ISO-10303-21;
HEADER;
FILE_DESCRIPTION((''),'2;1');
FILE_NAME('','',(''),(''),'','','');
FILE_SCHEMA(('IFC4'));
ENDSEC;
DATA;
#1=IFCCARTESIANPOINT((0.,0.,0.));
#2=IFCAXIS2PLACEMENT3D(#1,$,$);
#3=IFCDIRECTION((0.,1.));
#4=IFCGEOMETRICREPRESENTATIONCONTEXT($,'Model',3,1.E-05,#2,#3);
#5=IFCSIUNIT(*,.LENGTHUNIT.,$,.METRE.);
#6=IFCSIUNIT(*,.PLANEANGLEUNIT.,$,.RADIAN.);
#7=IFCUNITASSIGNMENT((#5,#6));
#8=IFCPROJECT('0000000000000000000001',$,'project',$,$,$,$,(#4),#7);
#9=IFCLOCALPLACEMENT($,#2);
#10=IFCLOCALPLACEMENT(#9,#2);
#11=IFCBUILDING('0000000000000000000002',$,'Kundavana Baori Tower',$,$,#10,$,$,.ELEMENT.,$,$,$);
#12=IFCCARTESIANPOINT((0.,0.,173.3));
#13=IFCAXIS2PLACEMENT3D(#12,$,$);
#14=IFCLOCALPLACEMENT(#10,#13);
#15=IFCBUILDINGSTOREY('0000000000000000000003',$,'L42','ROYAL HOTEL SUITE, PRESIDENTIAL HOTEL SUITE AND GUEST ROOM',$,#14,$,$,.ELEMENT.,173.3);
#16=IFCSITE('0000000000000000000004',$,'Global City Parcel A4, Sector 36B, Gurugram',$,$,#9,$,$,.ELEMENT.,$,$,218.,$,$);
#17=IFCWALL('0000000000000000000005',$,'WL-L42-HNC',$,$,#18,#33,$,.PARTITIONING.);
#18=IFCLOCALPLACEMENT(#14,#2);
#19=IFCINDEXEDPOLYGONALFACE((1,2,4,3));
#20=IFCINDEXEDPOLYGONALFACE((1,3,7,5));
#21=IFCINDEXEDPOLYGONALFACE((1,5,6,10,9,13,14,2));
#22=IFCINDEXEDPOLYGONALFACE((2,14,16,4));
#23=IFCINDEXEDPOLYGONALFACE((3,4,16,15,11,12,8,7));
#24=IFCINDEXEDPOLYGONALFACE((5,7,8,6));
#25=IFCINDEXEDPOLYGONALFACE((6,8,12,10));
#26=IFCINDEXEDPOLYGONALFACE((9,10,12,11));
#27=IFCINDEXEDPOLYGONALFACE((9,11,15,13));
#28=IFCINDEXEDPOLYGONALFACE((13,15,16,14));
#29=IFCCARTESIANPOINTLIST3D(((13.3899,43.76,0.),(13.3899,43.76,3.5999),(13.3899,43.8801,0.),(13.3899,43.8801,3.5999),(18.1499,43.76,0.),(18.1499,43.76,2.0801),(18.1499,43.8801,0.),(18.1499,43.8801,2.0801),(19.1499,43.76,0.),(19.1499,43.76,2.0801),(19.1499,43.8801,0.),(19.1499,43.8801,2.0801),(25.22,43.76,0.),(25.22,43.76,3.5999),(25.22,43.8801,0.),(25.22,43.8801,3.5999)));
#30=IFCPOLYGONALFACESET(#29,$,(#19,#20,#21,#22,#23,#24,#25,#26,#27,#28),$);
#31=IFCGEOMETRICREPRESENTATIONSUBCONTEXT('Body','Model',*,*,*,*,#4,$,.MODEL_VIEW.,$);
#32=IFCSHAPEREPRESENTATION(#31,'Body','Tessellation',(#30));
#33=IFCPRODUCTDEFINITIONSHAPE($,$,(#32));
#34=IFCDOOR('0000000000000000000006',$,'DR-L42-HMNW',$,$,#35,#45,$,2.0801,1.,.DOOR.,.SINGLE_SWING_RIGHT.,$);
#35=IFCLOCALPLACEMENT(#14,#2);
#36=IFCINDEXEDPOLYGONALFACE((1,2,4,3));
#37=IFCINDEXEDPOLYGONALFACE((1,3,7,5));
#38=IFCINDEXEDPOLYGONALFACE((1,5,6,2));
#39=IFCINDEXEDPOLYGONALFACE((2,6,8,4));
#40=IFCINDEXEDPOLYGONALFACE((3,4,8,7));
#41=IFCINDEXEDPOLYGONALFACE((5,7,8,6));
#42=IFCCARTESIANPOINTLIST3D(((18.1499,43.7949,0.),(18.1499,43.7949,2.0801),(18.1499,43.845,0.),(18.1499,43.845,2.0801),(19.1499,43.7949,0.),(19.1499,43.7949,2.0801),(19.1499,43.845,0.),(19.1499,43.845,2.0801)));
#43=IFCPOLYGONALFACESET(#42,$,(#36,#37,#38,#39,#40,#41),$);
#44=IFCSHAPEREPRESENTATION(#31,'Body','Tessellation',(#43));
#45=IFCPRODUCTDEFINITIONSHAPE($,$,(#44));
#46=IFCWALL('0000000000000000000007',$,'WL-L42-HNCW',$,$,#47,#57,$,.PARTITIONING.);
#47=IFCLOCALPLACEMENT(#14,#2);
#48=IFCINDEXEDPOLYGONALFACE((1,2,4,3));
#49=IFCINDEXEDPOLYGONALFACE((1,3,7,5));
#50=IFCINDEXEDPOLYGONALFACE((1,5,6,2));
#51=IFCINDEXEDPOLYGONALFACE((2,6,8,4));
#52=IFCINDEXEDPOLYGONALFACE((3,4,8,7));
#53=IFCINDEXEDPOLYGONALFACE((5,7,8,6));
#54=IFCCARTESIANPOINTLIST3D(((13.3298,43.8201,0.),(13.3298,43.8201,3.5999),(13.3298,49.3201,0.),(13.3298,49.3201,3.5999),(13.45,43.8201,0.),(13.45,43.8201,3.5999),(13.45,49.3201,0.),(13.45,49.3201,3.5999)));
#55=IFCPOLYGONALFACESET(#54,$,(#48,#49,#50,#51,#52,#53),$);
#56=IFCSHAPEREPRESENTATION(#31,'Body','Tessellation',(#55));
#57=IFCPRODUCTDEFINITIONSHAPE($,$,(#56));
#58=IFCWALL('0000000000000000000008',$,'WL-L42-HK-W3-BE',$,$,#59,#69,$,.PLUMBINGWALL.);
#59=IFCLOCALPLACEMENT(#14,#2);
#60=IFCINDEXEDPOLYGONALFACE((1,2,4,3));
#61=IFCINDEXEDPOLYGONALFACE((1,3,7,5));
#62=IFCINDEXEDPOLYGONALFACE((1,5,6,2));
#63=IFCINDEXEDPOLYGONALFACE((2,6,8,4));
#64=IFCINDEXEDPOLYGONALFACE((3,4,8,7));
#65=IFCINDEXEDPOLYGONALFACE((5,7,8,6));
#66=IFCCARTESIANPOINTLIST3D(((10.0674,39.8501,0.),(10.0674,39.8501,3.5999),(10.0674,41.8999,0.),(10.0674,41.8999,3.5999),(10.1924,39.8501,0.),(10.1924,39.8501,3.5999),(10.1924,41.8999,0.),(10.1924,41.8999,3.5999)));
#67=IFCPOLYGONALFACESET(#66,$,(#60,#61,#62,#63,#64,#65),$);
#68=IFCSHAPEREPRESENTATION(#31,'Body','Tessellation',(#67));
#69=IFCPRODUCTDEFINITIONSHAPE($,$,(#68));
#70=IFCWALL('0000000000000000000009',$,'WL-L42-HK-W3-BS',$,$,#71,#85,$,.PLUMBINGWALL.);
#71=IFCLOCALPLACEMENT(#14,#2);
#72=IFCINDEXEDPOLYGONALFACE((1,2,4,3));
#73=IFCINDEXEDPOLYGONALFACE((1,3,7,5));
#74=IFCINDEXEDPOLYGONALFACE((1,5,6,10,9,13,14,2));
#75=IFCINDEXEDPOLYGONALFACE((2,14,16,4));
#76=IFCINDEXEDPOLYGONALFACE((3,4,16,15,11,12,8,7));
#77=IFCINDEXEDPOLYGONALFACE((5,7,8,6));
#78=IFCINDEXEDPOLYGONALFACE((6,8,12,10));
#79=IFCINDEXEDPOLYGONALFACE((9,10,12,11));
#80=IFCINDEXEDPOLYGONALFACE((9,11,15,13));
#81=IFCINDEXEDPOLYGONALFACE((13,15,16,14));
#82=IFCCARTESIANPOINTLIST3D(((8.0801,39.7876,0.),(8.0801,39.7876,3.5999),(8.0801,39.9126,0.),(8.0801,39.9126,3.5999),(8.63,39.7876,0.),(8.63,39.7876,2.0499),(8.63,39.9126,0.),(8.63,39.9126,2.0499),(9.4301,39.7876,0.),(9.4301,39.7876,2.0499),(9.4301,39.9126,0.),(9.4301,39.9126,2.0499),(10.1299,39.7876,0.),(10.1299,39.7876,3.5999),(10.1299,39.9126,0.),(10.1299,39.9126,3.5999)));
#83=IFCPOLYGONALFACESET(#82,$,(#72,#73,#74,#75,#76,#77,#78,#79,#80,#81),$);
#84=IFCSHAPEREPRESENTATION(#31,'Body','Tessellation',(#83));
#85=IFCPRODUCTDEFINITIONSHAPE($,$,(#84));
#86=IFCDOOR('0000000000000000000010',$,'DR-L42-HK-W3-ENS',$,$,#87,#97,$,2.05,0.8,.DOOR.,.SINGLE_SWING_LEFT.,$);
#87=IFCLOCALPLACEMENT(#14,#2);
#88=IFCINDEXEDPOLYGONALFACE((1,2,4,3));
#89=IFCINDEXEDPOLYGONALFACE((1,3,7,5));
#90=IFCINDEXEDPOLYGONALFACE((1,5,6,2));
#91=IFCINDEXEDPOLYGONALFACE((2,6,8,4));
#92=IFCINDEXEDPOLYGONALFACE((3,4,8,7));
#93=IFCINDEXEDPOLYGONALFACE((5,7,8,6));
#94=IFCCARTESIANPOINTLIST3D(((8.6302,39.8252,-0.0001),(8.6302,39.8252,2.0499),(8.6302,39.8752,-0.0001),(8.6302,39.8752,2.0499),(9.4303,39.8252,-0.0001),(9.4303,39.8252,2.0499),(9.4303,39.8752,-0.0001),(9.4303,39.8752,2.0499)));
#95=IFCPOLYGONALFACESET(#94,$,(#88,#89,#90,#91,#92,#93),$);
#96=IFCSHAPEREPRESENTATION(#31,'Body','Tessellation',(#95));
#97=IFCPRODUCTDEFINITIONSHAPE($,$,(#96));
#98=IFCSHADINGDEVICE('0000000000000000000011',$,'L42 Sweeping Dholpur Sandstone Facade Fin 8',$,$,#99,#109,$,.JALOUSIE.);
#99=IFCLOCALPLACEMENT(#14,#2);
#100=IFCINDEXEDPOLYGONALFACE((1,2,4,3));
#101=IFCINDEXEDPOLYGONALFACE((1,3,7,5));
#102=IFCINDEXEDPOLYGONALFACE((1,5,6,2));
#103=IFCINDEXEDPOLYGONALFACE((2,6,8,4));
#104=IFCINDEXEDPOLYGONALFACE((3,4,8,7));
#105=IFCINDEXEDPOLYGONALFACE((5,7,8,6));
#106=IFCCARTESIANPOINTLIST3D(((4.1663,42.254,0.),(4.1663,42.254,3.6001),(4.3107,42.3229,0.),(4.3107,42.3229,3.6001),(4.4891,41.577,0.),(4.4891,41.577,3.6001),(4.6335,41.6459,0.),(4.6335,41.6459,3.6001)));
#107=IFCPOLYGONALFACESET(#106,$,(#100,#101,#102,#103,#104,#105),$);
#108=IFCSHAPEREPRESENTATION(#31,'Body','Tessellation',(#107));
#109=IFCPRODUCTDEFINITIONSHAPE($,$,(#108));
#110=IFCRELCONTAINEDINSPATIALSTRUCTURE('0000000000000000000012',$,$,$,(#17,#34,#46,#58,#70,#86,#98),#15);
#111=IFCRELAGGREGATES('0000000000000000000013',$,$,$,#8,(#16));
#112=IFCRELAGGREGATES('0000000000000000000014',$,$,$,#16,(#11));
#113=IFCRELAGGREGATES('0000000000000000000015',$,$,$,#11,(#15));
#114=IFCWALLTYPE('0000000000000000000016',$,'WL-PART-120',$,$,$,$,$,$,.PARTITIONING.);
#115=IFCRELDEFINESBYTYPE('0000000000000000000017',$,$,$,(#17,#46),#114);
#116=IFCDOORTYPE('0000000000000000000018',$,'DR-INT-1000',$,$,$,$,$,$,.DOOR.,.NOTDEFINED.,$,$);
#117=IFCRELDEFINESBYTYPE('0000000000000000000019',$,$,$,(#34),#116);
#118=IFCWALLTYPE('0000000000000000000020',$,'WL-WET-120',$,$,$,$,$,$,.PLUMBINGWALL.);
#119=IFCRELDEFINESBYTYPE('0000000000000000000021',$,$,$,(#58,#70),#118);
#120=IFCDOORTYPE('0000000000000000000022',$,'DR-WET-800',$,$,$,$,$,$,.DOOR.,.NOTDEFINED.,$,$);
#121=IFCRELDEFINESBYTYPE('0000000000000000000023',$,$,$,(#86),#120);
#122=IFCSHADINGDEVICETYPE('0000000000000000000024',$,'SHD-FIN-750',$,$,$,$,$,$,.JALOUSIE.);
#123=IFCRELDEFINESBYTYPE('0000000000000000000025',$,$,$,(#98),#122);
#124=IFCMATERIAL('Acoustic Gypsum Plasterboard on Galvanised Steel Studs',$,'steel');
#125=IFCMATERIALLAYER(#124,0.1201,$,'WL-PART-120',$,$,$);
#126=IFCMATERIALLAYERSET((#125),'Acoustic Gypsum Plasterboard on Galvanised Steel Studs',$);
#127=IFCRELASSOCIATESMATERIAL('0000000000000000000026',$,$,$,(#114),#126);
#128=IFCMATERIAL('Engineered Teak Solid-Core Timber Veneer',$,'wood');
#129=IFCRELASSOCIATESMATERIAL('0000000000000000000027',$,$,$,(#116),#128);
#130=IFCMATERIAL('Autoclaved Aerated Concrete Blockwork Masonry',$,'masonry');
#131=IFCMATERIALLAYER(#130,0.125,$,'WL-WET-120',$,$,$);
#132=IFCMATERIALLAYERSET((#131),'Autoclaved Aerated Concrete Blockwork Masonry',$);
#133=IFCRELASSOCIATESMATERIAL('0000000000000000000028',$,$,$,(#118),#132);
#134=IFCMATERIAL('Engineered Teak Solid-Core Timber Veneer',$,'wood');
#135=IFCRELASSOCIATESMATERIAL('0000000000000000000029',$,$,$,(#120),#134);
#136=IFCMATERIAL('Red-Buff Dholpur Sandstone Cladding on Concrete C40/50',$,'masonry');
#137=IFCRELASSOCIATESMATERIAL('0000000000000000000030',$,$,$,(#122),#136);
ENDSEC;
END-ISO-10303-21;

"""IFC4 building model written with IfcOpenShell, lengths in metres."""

from ifc_helpers import new_model, si_unit, direction, frame, frame_2d, origin, origin_2d, place, context, subcontext, project, spatial, rectangle, extrude, material, layer, layer_set, type_object, element, fill, save


model = new_model("IFC4")

# Units and contexts
model_context = context("Model", 3, precision=1e-05, world=origin(), true_north=direction((0.0, 1.0)))
body_context = subcontext(model_context, "Body", "Model", "MODEL_VIEW")
ifc_project = project(units=[si_unit("LENGTHUNIT", "METRE"), si_unit("PLANEANGLEUNIT", "RADIAN")], contexts=[model_context])

# Site, building, storey
site_placement = place(None, origin())
site = spatial("IfcSite", under=ifc_project, at=site_placement, Name="Global City Parcel A4, Sector 36B, Gurugram", CompositionType="ELEMENT", RefElevation=218.0)
building_placement = place(site_placement, origin())
building = spatial("IfcBuilding", under=site, at=building_placement, Name="Kundavana Baori Tower", CompositionType="ELEMENT")
storey_placement = place(building_placement, frame((0.0, 0.0, 173.3)))
storey = spatial("IfcBuildingStorey", under=building, at=storey_placement, Name="L42", Description="ROYAL HOTEL SUITE, PRESIDENTIAL HOTEL SUITE AND GUEST ROOM", CompositionType="ELEMENT", Elevation=173.3)

# Shared definitions
ifc_material_1 = material(Name="Acoustic Gypsum Plasterboard on Galvanised Steel Studs", Category="steel")
ifc_layer_1 = layer(ifc_material_1, 0.1201, Name="WL-PART-120")
ifc_layer_set_1 = layer_set([ifc_layer_1], Name="Acoustic Gypsum Plasterboard on Galvanised Steel Studs")
wall_type_1 = type_object("IfcWallType", Name="WL-PART-120", PredefinedType="PARTITIONING", material=ifc_layer_set_1)

# Wall, opening, door
wall_1_placement = place(storey_placement, frame((13.3899, 43.8201, 0.0), z_axis=(0.0, 0.0, 1.0), x_axis=(1.0, 0.0, 0.0)))
wall_1 = element("IfcWall", 1, at=wall_1_placement, inside=storey, type_object=wall_type_1, Name="WL-L42-HNC", PredefinedType="PARTITIONING", context=body_context, shape_type="SweptSolid", body=[
    extrude(rectangle(XDim=11.8301, YDim=0.1201, at=frame_2d((5.915, 0.0))), origin(), (0.0, 0.0, 1.0), 3.5999),
])
opening_1_placement = place(wall_1_placement, frame((4.76, 0.0, 0.0)))
opening_1 = element("IfcOpeningElement", 2, at=opening_1_placement, cuts=wall_1, PredefinedType="OPENING", context=body_context, shape_type="SweptSolid", body=[
    extrude(rectangle(XDim=1.0, YDim=2.0801, at=frame_2d((0.5, 1.04))), frame((0.0, 0.0701, 0.0), z_axis=(0.0, -1.0, 0.0), x_axis=(1.0, 0.0, 0.0)), (0.0, 0.0, 1.0), 0.1401),
])
ifc_material_2 = material(Name="Engineered Teak Solid-Core Timber Veneer", Category="wood")
door_type_1 = type_object("IfcDoorType", Name="DR-INT-1000", OperationType="NOTDEFINED", PredefinedType="DOOR", material=ifc_material_2)
door_1_placement = place(opening_1_placement, origin())
door_1 = element("IfcDoor", 3, at=door_1_placement, inside=storey, type_object=door_type_1, Name="DR-L42-HMNW", OperationType="SINGLE_SWING_RIGHT", OverallHeight=2.0801, OverallWidth=1.0, PredefinedType="DOOR", context=body_context, shape_type="SweptSolid", body=[
    extrude(rectangle(XDim=1.0, YDim=2.0801, at=frame_2d((0.5, 1.04))), frame((0.0, 0.0249, 0.0), z_axis=(0.0, -1.0, 0.0), x_axis=(1.0, 0.0, 0.0)), (0.0, 0.0, 1.0), 0.05),
])
fill(opening_1, door_1)

# Walls
wall_2_placement = place(storey_placement, frame((13.3899, 43.8201, 0.0), z_axis=(0.0, 0.0, 1.0), x_axis=(0.0, 1.0, 0.0)))
element("IfcWall", 4, at=wall_2_placement, inside=storey, type_object=wall_type_1, Name="WL-L42-HNCW", PredefinedType="PARTITIONING", context=body_context, shape_type="SweptSolid", body=[
    extrude(rectangle(XDim=5.5, YDim=0.1201, at=frame_2d((2.75, 0.0))), origin(), (0.0, 0.0, 1.0), 3.5999),
])
ifc_material_3 = material(Name="Autoclaved Aerated Concrete Blockwork Masonry", Category="masonry")
ifc_layer_2 = layer(ifc_material_3, 0.125, Name="WL-WET-120")
ifc_layer_set_2 = layer_set([ifc_layer_2], Name="Autoclaved Aerated Concrete Blockwork Masonry")
wall_type_2 = type_object("IfcWallType", Name="WL-WET-120", PredefinedType="PLUMBINGWALL", material=ifc_layer_set_2)
wall_3_placement = place(storey_placement, frame((10.1299, 39.8501, 0.0), z_axis=(0.0, 0.0, 1.0), x_axis=(0.0, 1.0, 0.0)))
element("IfcWall", 5, at=wall_3_placement, inside=storey, type_object=wall_type_2, Name="WL-L42-HK-W3-BE", PredefinedType="PLUMBINGWALL", context=body_context, shape_type="SweptSolid", body=[
    extrude(rectangle(XDim=2.0498, YDim=0.125, at=frame_2d((1.0249, 0.0))), origin(), (0.0, 0.0, 1.0), 3.5999),
])

# Wall, opening, door
wall_4_placement = place(storey_placement, frame((8.0801, 39.8501, 0.0), z_axis=(0.0, 0.0, 1.0), x_axis=(1.0, 0.0, 0.0)))
wall_4 = element("IfcWall", 6, at=wall_4_placement, inside=storey, type_object=wall_type_2, Name="WL-L42-HK-W3-BS", PredefinedType="PLUMBINGWALL", context=body_context, shape_type="SweptSolid", body=[
    extrude(rectangle(XDim=2.0498, YDim=0.125, at=frame_2d((1.0249, 0.0))), origin(), (0.0, 0.0, 1.0), 3.5999),
])
opening_2_placement = place(wall_4_placement, frame((0.55, 0.0, 0.0)))
opening_2 = element("IfcOpeningElement", 7, at=opening_2_placement, cuts=wall_4, PredefinedType="OPENING", context=body_context, shape_type="SweptSolid", body=[
    extrude(rectangle(XDim=0.8, YDim=2.05, at=frame_2d((0.3999, 1.0249))), frame((0.0, 0.0725, 0.0), z_axis=(0.0, -1.0, 0.0), x_axis=(1.0, 0.0, 0.0)), (0.0, 0.0, 1.0), 0.145),
])
ifc_material_4 = material(Name="Engineered Teak Solid-Core Timber Veneer", Category="wood")
door_type_2 = type_object("IfcDoorType", Name="DR-WET-800", OperationType="NOTDEFINED", PredefinedType="DOOR", material=ifc_material_4)
door_2_placement = place(opening_2_placement, frame((0.8, 0.0, 0.0), z_axis=(0.0, 0.0, 1.0), x_axis=(-1.0, 0.0, 0.0)))
door_2 = element("IfcDoor", 8, at=door_2_placement, inside=storey, type_object=door_type_2, Name="DR-L42-HK-W3-ENS", OperationType="SINGLE_SWING_LEFT", OverallHeight=2.05, OverallWidth=0.8, PredefinedType="DOOR", context=body_context, shape_type="SweptSolid", body=[
    extrude(rectangle(XDim=0.8, YDim=2.05, at=frame_2d((0.3999, 1.0249))), frame((0.0, 0.0249, 0.0), z_axis=(0.0, -1.0, 0.0), x_axis=(1.0, 0.0, 0.0)), (0.0, 0.0, 1.0), 0.05),
])
fill(opening_2, door_2)

# Shading device
ifc_material_5 = material(Name="Red-Buff Dholpur Sandstone Cladding on Concrete C40/50", Category="masonry")
shading_device_type = type_object("IfcShadingDeviceType", Name="SHD-FIN-750", PredefinedType="JALOUSIE", material=ifc_material_5)
shading_device_placement = place(storey_placement, frame((4.3999, 41.95, 0.0), z_axis=(0.0, 0.0, 1.0), x_axis=(0.90266, 0.430354, 0.0)))
element("IfcShadingDevice", 9, at=shading_device_placement, inside=storey, type_object=shading_device_type, Name="L42 Sweeping Dholpur Sandstone Facade Fin 8", PredefinedType="JALOUSIE", context=body_context, shape_type="SweptSolid", body=[
    extrude(rectangle(XDim=0.1599, YDim=0.75, at=origin_2d()), origin(), (0.0, 0.0, 1.0), 3.6001),
])

save(model, "model.ifc")
